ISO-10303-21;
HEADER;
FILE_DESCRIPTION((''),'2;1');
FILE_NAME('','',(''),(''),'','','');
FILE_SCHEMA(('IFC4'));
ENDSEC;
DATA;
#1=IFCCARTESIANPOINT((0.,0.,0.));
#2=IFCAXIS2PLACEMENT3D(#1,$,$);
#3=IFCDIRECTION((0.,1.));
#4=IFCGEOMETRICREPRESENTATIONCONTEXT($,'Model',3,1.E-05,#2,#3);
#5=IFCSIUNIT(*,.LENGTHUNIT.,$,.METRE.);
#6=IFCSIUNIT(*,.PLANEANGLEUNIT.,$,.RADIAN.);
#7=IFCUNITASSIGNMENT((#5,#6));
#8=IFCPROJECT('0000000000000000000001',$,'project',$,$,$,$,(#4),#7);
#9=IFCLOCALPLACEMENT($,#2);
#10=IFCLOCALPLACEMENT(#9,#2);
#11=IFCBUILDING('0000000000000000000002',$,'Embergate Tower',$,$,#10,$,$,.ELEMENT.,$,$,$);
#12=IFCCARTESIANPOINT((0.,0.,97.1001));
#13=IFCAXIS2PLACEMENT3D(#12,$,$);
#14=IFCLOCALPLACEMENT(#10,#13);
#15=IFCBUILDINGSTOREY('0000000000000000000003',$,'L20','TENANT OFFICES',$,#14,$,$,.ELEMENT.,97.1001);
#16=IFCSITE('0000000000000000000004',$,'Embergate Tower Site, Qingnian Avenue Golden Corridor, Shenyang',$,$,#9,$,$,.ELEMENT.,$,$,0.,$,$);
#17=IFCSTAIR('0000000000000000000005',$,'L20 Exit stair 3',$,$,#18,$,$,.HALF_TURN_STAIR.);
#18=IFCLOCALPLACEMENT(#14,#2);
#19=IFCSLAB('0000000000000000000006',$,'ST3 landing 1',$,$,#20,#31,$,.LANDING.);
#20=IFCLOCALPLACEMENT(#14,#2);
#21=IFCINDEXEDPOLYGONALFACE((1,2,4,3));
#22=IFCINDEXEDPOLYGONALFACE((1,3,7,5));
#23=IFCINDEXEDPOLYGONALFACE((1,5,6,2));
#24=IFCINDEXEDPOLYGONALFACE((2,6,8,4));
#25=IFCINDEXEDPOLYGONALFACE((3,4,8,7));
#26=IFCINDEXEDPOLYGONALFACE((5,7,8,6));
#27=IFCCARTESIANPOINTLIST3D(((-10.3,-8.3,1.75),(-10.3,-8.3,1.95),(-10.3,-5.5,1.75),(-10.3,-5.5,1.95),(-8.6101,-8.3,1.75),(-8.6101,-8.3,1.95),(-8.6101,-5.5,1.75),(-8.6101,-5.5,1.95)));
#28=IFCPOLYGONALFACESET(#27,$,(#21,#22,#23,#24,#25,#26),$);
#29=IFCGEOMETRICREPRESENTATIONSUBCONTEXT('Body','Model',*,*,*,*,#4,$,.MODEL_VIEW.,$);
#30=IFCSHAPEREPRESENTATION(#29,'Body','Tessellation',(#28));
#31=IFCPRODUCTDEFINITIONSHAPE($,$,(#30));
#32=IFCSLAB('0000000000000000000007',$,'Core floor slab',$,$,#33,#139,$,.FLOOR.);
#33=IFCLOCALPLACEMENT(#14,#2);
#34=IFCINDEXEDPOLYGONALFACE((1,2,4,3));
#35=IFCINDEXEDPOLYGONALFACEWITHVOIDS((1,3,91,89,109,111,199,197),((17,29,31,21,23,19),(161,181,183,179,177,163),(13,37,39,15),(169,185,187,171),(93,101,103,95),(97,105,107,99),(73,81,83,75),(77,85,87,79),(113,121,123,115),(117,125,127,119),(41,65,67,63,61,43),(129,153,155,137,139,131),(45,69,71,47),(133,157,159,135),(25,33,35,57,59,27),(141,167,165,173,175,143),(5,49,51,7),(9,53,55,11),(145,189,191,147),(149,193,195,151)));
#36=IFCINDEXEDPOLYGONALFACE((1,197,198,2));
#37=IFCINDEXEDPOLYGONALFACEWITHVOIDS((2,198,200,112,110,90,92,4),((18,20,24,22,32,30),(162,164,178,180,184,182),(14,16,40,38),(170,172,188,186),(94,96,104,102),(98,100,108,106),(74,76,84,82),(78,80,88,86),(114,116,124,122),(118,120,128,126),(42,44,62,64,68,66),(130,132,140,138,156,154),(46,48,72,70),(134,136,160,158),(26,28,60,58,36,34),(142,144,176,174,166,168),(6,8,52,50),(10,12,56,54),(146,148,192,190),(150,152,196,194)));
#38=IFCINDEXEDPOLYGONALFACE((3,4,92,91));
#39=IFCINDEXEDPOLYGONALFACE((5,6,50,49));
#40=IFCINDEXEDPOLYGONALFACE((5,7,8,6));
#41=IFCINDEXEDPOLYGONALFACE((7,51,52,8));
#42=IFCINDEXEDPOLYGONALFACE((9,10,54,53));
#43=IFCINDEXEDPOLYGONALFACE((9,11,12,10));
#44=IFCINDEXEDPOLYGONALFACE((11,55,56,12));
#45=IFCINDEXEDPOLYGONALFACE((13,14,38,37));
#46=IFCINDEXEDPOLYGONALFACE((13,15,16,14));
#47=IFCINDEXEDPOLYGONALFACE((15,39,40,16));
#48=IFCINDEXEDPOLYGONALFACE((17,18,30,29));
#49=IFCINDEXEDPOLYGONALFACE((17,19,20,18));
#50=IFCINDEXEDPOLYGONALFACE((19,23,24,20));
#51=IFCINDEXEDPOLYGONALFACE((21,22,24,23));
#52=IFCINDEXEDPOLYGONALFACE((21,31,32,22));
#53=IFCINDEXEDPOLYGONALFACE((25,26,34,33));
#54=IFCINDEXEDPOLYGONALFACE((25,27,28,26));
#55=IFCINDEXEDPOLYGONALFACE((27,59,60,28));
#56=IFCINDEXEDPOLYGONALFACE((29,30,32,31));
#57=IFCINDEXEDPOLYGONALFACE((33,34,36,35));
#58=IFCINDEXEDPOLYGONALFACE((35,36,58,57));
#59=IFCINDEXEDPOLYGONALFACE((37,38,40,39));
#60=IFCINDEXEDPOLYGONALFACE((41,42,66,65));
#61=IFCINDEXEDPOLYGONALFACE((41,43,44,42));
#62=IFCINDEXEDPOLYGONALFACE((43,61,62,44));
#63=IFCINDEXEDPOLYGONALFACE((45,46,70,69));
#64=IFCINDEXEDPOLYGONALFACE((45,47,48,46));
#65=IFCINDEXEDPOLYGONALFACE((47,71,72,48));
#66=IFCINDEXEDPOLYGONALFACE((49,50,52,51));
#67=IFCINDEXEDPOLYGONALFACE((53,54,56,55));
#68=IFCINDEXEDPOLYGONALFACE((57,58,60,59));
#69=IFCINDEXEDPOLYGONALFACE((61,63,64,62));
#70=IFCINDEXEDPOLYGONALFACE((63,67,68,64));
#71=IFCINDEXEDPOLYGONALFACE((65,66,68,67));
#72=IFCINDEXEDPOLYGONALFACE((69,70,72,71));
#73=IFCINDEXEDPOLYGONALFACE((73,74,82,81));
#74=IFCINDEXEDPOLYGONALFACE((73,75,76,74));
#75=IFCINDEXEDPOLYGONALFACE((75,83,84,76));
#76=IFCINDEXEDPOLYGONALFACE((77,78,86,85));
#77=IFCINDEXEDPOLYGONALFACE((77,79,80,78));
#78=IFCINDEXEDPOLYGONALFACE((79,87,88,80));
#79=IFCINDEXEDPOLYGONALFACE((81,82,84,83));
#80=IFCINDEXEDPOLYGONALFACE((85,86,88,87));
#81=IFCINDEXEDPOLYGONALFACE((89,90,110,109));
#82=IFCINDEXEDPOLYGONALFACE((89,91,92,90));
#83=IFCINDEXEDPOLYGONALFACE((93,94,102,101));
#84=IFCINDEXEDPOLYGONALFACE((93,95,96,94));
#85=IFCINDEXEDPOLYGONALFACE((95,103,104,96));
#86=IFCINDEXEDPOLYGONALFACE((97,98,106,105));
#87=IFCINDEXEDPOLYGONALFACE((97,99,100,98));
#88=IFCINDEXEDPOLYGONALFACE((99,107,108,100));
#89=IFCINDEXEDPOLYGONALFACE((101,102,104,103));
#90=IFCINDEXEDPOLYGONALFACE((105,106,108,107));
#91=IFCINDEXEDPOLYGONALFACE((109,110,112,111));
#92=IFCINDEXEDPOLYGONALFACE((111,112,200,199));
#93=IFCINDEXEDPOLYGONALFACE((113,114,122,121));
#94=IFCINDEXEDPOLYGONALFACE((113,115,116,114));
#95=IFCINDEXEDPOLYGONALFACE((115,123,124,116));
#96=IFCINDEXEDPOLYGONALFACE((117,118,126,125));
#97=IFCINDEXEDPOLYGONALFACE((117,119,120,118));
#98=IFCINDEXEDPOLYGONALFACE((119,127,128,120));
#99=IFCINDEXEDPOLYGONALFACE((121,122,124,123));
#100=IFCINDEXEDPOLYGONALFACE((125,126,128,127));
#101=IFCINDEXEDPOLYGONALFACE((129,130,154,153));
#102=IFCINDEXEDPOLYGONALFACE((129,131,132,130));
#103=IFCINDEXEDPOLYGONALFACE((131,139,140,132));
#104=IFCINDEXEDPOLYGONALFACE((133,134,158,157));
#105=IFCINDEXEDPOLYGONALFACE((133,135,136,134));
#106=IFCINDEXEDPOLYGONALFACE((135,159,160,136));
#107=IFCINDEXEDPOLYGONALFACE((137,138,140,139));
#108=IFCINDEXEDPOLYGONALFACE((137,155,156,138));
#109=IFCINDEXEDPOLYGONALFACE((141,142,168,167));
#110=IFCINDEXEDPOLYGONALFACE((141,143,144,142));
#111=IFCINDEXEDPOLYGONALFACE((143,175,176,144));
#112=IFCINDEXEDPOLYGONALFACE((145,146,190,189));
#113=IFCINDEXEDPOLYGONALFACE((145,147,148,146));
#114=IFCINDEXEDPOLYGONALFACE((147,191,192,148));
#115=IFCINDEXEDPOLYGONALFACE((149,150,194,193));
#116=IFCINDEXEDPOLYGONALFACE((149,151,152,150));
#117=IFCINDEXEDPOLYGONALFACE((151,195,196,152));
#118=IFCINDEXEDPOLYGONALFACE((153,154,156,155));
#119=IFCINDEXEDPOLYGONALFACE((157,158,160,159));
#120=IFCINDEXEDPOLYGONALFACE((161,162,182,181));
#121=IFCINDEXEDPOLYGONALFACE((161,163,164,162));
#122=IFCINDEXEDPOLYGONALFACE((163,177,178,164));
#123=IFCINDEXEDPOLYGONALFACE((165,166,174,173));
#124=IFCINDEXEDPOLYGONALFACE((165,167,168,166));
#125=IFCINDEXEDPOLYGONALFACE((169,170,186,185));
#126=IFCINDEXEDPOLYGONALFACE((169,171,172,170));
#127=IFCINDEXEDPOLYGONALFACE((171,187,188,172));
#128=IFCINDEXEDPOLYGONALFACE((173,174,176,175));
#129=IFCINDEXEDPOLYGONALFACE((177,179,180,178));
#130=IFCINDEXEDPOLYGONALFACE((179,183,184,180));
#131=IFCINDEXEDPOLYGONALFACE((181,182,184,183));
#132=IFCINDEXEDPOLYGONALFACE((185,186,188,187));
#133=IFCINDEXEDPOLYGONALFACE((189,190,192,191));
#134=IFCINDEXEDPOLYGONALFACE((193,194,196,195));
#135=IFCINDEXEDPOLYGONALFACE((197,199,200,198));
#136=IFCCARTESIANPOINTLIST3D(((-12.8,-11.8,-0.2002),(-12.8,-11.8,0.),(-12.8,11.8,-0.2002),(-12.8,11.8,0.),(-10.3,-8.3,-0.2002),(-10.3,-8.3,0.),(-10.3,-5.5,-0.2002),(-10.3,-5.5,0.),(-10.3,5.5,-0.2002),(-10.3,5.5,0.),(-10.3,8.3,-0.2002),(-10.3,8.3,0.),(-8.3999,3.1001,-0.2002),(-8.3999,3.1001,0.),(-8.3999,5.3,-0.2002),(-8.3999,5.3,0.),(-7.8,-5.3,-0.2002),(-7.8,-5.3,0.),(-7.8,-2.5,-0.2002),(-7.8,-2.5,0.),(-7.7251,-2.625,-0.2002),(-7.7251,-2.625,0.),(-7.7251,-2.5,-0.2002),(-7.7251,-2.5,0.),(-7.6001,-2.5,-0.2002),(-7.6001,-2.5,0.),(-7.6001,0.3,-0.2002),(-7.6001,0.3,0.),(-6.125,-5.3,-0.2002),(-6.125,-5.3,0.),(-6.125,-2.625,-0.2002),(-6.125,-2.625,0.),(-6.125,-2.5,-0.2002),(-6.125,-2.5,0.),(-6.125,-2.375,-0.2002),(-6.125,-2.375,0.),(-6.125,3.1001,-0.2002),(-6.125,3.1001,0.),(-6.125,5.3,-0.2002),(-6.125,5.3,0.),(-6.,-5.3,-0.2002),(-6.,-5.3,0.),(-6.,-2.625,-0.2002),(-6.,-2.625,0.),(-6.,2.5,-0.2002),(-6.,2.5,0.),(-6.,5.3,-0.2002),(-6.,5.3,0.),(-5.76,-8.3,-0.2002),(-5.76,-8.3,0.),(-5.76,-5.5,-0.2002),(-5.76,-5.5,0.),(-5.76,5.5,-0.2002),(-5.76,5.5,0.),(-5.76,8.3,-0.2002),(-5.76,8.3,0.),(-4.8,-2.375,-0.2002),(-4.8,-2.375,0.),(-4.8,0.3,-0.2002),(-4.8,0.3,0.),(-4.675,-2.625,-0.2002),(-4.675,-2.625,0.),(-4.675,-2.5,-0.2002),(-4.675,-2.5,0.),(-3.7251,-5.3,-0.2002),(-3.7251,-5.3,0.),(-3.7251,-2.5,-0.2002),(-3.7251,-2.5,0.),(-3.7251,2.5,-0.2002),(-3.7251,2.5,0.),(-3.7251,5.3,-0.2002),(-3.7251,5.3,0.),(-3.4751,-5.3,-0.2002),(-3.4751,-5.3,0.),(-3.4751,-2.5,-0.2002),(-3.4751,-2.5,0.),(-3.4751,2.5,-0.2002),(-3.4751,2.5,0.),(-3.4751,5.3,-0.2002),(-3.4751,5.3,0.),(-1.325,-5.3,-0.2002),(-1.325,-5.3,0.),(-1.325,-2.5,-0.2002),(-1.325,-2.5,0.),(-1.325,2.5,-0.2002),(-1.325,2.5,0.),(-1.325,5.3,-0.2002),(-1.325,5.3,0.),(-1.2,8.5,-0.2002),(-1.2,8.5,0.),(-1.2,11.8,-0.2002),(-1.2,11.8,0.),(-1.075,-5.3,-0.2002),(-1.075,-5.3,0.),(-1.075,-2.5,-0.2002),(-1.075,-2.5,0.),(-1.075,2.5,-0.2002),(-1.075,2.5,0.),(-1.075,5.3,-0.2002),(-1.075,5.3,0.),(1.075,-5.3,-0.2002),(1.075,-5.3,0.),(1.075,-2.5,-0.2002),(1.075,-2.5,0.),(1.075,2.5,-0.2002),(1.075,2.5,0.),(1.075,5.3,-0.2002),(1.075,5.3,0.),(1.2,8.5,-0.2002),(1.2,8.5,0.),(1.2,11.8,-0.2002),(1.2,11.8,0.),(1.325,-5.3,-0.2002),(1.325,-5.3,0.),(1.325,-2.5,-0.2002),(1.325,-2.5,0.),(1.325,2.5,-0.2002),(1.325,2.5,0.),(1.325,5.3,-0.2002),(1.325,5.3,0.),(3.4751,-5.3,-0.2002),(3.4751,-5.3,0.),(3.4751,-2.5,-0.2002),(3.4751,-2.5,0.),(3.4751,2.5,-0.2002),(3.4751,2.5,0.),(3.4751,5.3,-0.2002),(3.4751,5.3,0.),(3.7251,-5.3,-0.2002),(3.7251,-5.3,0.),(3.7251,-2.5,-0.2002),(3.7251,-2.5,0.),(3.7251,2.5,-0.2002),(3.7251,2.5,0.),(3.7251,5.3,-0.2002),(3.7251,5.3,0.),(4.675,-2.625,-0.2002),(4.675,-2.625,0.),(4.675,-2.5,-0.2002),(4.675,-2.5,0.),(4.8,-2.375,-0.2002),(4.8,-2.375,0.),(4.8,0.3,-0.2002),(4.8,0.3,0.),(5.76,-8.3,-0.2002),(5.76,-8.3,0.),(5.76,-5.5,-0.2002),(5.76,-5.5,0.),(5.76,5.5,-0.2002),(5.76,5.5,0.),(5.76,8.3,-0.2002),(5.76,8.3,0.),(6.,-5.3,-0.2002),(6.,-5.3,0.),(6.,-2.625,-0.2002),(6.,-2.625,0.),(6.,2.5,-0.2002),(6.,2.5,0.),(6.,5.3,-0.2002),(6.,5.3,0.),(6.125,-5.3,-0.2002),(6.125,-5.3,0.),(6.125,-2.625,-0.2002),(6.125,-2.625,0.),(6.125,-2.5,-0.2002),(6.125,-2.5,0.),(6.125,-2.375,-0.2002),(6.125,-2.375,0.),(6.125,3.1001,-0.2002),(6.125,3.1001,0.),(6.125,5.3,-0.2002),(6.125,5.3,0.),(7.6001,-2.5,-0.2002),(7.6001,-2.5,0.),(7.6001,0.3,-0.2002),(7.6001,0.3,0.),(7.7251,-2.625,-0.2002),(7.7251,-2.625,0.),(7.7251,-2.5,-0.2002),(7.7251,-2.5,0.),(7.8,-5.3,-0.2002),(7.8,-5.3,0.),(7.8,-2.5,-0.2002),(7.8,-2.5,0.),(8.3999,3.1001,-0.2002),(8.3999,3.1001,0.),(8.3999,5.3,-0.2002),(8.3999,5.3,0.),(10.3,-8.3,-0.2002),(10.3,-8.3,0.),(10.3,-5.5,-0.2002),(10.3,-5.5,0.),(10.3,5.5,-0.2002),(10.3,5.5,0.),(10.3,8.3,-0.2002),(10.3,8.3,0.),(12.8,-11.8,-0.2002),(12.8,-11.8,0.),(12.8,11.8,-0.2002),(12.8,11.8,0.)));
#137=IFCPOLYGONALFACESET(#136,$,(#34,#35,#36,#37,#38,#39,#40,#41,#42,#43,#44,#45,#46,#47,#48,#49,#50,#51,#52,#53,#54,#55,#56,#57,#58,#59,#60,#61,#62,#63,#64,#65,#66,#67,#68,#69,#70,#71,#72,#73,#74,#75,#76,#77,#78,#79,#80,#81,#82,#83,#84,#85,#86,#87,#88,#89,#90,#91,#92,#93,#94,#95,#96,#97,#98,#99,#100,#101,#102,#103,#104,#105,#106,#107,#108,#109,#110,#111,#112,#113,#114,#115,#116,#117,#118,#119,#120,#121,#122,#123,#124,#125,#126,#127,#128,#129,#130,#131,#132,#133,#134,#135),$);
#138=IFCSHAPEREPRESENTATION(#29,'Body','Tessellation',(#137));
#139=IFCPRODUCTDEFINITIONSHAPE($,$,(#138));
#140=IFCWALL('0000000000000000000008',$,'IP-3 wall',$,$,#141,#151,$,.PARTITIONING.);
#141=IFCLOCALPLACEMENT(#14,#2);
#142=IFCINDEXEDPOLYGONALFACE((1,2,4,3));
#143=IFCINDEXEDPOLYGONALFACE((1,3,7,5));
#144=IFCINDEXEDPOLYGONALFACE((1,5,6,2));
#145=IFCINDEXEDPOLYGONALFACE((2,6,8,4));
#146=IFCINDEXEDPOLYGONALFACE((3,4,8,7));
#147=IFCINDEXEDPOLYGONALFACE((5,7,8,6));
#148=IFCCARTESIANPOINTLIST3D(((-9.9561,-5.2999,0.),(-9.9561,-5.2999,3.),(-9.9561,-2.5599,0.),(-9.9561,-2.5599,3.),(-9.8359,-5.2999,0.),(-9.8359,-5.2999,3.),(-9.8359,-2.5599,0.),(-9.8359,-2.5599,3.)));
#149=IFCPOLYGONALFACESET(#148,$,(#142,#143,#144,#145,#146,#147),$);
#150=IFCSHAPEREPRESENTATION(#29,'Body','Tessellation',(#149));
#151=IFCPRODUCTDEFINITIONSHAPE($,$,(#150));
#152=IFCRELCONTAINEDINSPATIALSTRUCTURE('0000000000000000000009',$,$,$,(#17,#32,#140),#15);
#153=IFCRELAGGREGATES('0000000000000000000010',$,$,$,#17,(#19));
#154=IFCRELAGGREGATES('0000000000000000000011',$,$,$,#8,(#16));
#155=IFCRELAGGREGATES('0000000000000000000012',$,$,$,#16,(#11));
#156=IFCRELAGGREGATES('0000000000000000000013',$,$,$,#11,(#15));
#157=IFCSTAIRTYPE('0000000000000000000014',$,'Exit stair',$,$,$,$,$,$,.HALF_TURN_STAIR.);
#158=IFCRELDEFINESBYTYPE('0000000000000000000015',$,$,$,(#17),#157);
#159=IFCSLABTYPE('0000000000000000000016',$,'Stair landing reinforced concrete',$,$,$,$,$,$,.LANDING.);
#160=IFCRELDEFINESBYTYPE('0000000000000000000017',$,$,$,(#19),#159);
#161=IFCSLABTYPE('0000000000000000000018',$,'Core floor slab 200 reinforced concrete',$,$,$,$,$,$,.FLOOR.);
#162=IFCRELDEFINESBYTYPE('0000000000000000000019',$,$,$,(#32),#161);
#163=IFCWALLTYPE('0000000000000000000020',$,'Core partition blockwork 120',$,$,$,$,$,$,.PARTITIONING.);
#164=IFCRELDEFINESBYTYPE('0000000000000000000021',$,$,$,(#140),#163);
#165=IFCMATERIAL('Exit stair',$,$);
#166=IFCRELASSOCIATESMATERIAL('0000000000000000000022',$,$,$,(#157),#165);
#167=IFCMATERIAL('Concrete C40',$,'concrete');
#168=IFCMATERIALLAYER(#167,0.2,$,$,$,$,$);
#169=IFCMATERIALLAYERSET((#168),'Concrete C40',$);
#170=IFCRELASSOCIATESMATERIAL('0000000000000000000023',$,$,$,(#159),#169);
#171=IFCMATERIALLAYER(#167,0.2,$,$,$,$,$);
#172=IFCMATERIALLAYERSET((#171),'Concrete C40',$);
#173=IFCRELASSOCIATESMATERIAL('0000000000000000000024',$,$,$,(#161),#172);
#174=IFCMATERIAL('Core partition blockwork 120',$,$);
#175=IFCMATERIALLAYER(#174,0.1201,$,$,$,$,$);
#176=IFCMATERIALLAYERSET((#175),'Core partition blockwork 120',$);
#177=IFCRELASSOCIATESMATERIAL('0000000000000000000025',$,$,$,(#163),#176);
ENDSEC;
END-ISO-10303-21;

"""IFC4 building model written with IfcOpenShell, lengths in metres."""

from ifc_helpers import new_model, si_unit, direction, frame, frame_2d, origin, place, context, subcontext, project, spatial, polyline, rectangle, outline, extrude, source, transform, mapped, material, layer, layer_set, type_object, element, aggregate, save


model = new_model("IFC4")

# Units and contexts
model_context = context("Model", 3, precision=1e-05, world=origin(), true_north=direction((0.0, 1.0)))
body_context = subcontext(model_context, "Body", "Model", "MODEL_VIEW")
ifc_project = project(units=[si_unit("LENGTHUNIT", "METRE"), si_unit("PLANEANGLEUNIT", "RADIAN")], contexts=[model_context])

# Site, building, storey
site_placement = place(None, origin())
site = spatial("IfcSite", under=ifc_project, at=site_placement, Name="Embergate Tower Site, Qingnian Avenue Golden Corridor, Shenyang", CompositionType="ELEMENT", RefElevation=0.0)
building_placement = place(site_placement, origin())
building = spatial("IfcBuilding", under=site, at=building_placement, Name="Embergate Tower", CompositionType="ELEMENT")
storey_placement = place(building_placement, frame((0.0, 0.0, 97.1001)))
storey = spatial("IfcBuildingStorey", under=building, at=storey_placement, Name="L20", Description="TENANT OFFICES", CompositionType="ELEMENT", Elevation=97.1001)

# Stair, slab
ifc_material_1 = material(Name="Exit stair")
stair_type = type_object("IfcStairType", Name="Exit stair", PredefinedType="HALF_TURN_STAIR", material=ifc_material_1)
stair_placement = place(storey_placement, origin())
stair = element("IfcStair", 1, at=stair_placement, inside=storey, type_object=stair_type, Name="L20 Exit stair 3", PredefinedType="HALF_TURN_STAIR")
ifc_material_2 = material(Name="Concrete C40", Category="concrete")
ifc_layer_1 = layer(ifc_material_2, 0.2)
ifc_layer_set_1 = layer_set([ifc_layer_1], Name="Concrete C40")
slab_type_1 = type_object("IfcSlabType", Name="Stair landing reinforced concrete", PredefinedType="LANDING", material=ifc_layer_set_1)
shared_shape_1 = source(origin(), body_context, "Body", "SweptSolid", [
    extrude(outline(polyline([(0.0, 0.0), (1.6899, 0.0), (1.6899, 2.8), (0.0, 2.8), (0.0, 0.0)])), origin(), (0.0, 0.0, 1.0), 0.2),
])
slab_1_placement = place(storey_placement, frame((-10.3, -8.3, 1.75)))
slab_1 = element("IfcSlab", 2, at=slab_1_placement, type_object=slab_type_1, Name="ST3 landing 1", PredefinedType="LANDING", context=body_context, shape_type="MappedRepresentation", body=[
    mapped(shared_shape_1, transform((0.0, 0.0, 0.0))),
])
aggregate(stair, [slab_1])

# Slab
ifc_layer_2 = layer(ifc_material_2, 0.2)
ifc_layer_set_2 = layer_set([ifc_layer_2], Name="Concrete C40")
slab_type_2 = type_object("IfcSlabType", Name="Core floor slab 200 reinforced concrete", PredefinedType="FLOOR", material=ifc_layer_set_2)
shared_shape_2 = source(origin(), body_context, "Body", "SweptSolid", [
    extrude(outline(polyline([(0.0, 0.0), (25.6001, 0.0), (25.6001, 23.6001), (14.0, 23.6001), (14.0, 20.3), (11.6001, 20.3), (11.6001, 23.6001), (0.0, 23.6001), (0.0, 0.0)]), holes=[polyline([(2.5, 3.5), (2.5, 6.3), (7.04, 6.3), (7.04, 3.5), (2.5, 3.5)]), polyline([(18.5601, 3.5), (18.5601, 6.3), (23.1001, 6.3), (23.1001, 3.5), (18.5601, 3.5)]), polyline([(5.0, 6.5), (5.0, 9.3), (5.075, 9.3), (5.075, 9.175), (6.675, 9.175), (6.675, 6.5), (5.0, 6.5)]), polyline([(6.8, 6.5), (6.8, 9.175), (8.125, 9.175), (8.125, 9.3), (9.075, 9.3), (9.075, 6.5), (6.8, 6.5)]), polyline([(9.325, 6.5), (9.325, 9.3), (11.4751, 9.3), (11.4751, 6.5), (9.325, 6.5)]), polyline([(11.7251, 6.5), (11.7251, 9.3), (13.875, 9.3), (13.875, 6.5), (11.7251, 6.5)]), polyline([(14.125, 6.5), (14.125, 9.3), (16.2751, 9.3), (16.2751, 6.5), (14.125, 6.5)]), polyline([(16.5251, 6.5), (16.5251, 9.3), (17.4751, 9.3), (17.4751, 9.175), (18.8, 9.175), (18.8, 6.5), (16.5251, 6.5)]), polyline([(18.925, 6.5), (18.925, 9.175), (20.5251, 9.175), (20.5251, 9.3), (20.6001, 9.3), (20.6001, 6.5), (18.925, 6.5)]), polyline([(5.2, 9.3), (5.2, 12.1001), (8.0, 12.1001), (8.0, 9.425), (6.675, 9.425), (6.675, 9.3), (5.2, 9.3)]), polyline([(18.925, 9.3), (18.925, 9.425), (17.6001, 9.425), (17.6001, 12.1001), (20.4001, 12.1001), (20.4001, 9.3), (18.925, 9.3)]), polyline([(6.8, 14.3), (6.8, 17.1001), (9.075, 17.1001), (9.075, 14.3), (6.8, 14.3)]), polyline([(9.325, 14.3), (9.325, 17.1001), (11.4751, 17.1001), (11.4751, 14.3), (9.325, 14.3)]), polyline([(11.7251, 14.3), (11.7251, 17.1001), (13.875, 17.1001), (13.875, 14.3), (11.7251, 14.3)]), polyline([(14.125, 14.3), (14.125, 17.1001), (16.2751, 17.1001), (16.2751, 14.3), (14.125, 14.3)]), polyline([(16.5251, 14.3), (16.5251, 17.1001), (18.8, 17.1001), (18.8, 14.3), (16.5251, 14.3)]), polyline([(4.4001, 14.9001), (4.4001, 17.1001), (6.675, 17.1001), (6.675, 14.9001), (4.4001, 14.9001)]), polyline([(18.925, 14.9001), (18.925, 17.1001), (21.2, 17.1001), (21.2, 14.9001), (18.925, 14.9001)]), polyline([(2.5, 17.3), (2.5, 20.1001), (7.04, 20.1001), (7.04, 17.3), (2.5, 17.3)]), polyline([(18.5601, 17.3), (18.5601, 20.1001), (23.1001, 20.1001), (23.1001, 17.3), (18.5601, 17.3)])]), origin(), (0.0, 0.0, 1.0), 0.2002),
])
slab_2_placement = place(storey_placement, frame((-12.8, -11.8, -0.2002)))
element("IfcSlab", 3, at=slab_2_placement, inside=storey, type_object=slab_type_2, Name="Core floor slab", PredefinedType="FLOOR", context=body_context, shape_type="MappedRepresentation", body=[
    mapped(shared_shape_2, transform((0.0, 0.0, 0.0))),
])

# Wall
ifc_material_3 = material(Name="Core partition blockwork 120")
ifc_layer_3 = layer(ifc_material_3, 0.1201)
ifc_layer_set_3 = layer_set([ifc_layer_3], Name="Core partition blockwork 120")
wall_type_1 = type_object("IfcWallType", Name="Core partition blockwork 120", PredefinedType="PARTITIONING", material=ifc_layer_set_3)
shared_shape_3 = source(origin(), body_context, "Body", "SweptSolid", [
    extrude(rectangle(XDim=2.74, YDim=0.1201, at=frame_2d((1.3701, 0.0))), origin(), (0.0, 0.0, 1.0), 3.0),
])
wall_1_placement = place(storey_placement, frame((-9.896, -5.3, 0.0), z_axis=(0.0, 0.0, 1.0), x_axis=(0.0, 1.0, 0.0)))
element("IfcWall", 4, at=wall_1_placement, inside=storey, type_object=wall_type_1, Name="IP-3 wall", PredefinedType="PARTITIONING", context=body_context, shape_type="MappedRepresentation", body=[
    mapped(shared_shape_3, transform((0.0, 0.0, 0.0))),
])

save(model, "model.ifc")
